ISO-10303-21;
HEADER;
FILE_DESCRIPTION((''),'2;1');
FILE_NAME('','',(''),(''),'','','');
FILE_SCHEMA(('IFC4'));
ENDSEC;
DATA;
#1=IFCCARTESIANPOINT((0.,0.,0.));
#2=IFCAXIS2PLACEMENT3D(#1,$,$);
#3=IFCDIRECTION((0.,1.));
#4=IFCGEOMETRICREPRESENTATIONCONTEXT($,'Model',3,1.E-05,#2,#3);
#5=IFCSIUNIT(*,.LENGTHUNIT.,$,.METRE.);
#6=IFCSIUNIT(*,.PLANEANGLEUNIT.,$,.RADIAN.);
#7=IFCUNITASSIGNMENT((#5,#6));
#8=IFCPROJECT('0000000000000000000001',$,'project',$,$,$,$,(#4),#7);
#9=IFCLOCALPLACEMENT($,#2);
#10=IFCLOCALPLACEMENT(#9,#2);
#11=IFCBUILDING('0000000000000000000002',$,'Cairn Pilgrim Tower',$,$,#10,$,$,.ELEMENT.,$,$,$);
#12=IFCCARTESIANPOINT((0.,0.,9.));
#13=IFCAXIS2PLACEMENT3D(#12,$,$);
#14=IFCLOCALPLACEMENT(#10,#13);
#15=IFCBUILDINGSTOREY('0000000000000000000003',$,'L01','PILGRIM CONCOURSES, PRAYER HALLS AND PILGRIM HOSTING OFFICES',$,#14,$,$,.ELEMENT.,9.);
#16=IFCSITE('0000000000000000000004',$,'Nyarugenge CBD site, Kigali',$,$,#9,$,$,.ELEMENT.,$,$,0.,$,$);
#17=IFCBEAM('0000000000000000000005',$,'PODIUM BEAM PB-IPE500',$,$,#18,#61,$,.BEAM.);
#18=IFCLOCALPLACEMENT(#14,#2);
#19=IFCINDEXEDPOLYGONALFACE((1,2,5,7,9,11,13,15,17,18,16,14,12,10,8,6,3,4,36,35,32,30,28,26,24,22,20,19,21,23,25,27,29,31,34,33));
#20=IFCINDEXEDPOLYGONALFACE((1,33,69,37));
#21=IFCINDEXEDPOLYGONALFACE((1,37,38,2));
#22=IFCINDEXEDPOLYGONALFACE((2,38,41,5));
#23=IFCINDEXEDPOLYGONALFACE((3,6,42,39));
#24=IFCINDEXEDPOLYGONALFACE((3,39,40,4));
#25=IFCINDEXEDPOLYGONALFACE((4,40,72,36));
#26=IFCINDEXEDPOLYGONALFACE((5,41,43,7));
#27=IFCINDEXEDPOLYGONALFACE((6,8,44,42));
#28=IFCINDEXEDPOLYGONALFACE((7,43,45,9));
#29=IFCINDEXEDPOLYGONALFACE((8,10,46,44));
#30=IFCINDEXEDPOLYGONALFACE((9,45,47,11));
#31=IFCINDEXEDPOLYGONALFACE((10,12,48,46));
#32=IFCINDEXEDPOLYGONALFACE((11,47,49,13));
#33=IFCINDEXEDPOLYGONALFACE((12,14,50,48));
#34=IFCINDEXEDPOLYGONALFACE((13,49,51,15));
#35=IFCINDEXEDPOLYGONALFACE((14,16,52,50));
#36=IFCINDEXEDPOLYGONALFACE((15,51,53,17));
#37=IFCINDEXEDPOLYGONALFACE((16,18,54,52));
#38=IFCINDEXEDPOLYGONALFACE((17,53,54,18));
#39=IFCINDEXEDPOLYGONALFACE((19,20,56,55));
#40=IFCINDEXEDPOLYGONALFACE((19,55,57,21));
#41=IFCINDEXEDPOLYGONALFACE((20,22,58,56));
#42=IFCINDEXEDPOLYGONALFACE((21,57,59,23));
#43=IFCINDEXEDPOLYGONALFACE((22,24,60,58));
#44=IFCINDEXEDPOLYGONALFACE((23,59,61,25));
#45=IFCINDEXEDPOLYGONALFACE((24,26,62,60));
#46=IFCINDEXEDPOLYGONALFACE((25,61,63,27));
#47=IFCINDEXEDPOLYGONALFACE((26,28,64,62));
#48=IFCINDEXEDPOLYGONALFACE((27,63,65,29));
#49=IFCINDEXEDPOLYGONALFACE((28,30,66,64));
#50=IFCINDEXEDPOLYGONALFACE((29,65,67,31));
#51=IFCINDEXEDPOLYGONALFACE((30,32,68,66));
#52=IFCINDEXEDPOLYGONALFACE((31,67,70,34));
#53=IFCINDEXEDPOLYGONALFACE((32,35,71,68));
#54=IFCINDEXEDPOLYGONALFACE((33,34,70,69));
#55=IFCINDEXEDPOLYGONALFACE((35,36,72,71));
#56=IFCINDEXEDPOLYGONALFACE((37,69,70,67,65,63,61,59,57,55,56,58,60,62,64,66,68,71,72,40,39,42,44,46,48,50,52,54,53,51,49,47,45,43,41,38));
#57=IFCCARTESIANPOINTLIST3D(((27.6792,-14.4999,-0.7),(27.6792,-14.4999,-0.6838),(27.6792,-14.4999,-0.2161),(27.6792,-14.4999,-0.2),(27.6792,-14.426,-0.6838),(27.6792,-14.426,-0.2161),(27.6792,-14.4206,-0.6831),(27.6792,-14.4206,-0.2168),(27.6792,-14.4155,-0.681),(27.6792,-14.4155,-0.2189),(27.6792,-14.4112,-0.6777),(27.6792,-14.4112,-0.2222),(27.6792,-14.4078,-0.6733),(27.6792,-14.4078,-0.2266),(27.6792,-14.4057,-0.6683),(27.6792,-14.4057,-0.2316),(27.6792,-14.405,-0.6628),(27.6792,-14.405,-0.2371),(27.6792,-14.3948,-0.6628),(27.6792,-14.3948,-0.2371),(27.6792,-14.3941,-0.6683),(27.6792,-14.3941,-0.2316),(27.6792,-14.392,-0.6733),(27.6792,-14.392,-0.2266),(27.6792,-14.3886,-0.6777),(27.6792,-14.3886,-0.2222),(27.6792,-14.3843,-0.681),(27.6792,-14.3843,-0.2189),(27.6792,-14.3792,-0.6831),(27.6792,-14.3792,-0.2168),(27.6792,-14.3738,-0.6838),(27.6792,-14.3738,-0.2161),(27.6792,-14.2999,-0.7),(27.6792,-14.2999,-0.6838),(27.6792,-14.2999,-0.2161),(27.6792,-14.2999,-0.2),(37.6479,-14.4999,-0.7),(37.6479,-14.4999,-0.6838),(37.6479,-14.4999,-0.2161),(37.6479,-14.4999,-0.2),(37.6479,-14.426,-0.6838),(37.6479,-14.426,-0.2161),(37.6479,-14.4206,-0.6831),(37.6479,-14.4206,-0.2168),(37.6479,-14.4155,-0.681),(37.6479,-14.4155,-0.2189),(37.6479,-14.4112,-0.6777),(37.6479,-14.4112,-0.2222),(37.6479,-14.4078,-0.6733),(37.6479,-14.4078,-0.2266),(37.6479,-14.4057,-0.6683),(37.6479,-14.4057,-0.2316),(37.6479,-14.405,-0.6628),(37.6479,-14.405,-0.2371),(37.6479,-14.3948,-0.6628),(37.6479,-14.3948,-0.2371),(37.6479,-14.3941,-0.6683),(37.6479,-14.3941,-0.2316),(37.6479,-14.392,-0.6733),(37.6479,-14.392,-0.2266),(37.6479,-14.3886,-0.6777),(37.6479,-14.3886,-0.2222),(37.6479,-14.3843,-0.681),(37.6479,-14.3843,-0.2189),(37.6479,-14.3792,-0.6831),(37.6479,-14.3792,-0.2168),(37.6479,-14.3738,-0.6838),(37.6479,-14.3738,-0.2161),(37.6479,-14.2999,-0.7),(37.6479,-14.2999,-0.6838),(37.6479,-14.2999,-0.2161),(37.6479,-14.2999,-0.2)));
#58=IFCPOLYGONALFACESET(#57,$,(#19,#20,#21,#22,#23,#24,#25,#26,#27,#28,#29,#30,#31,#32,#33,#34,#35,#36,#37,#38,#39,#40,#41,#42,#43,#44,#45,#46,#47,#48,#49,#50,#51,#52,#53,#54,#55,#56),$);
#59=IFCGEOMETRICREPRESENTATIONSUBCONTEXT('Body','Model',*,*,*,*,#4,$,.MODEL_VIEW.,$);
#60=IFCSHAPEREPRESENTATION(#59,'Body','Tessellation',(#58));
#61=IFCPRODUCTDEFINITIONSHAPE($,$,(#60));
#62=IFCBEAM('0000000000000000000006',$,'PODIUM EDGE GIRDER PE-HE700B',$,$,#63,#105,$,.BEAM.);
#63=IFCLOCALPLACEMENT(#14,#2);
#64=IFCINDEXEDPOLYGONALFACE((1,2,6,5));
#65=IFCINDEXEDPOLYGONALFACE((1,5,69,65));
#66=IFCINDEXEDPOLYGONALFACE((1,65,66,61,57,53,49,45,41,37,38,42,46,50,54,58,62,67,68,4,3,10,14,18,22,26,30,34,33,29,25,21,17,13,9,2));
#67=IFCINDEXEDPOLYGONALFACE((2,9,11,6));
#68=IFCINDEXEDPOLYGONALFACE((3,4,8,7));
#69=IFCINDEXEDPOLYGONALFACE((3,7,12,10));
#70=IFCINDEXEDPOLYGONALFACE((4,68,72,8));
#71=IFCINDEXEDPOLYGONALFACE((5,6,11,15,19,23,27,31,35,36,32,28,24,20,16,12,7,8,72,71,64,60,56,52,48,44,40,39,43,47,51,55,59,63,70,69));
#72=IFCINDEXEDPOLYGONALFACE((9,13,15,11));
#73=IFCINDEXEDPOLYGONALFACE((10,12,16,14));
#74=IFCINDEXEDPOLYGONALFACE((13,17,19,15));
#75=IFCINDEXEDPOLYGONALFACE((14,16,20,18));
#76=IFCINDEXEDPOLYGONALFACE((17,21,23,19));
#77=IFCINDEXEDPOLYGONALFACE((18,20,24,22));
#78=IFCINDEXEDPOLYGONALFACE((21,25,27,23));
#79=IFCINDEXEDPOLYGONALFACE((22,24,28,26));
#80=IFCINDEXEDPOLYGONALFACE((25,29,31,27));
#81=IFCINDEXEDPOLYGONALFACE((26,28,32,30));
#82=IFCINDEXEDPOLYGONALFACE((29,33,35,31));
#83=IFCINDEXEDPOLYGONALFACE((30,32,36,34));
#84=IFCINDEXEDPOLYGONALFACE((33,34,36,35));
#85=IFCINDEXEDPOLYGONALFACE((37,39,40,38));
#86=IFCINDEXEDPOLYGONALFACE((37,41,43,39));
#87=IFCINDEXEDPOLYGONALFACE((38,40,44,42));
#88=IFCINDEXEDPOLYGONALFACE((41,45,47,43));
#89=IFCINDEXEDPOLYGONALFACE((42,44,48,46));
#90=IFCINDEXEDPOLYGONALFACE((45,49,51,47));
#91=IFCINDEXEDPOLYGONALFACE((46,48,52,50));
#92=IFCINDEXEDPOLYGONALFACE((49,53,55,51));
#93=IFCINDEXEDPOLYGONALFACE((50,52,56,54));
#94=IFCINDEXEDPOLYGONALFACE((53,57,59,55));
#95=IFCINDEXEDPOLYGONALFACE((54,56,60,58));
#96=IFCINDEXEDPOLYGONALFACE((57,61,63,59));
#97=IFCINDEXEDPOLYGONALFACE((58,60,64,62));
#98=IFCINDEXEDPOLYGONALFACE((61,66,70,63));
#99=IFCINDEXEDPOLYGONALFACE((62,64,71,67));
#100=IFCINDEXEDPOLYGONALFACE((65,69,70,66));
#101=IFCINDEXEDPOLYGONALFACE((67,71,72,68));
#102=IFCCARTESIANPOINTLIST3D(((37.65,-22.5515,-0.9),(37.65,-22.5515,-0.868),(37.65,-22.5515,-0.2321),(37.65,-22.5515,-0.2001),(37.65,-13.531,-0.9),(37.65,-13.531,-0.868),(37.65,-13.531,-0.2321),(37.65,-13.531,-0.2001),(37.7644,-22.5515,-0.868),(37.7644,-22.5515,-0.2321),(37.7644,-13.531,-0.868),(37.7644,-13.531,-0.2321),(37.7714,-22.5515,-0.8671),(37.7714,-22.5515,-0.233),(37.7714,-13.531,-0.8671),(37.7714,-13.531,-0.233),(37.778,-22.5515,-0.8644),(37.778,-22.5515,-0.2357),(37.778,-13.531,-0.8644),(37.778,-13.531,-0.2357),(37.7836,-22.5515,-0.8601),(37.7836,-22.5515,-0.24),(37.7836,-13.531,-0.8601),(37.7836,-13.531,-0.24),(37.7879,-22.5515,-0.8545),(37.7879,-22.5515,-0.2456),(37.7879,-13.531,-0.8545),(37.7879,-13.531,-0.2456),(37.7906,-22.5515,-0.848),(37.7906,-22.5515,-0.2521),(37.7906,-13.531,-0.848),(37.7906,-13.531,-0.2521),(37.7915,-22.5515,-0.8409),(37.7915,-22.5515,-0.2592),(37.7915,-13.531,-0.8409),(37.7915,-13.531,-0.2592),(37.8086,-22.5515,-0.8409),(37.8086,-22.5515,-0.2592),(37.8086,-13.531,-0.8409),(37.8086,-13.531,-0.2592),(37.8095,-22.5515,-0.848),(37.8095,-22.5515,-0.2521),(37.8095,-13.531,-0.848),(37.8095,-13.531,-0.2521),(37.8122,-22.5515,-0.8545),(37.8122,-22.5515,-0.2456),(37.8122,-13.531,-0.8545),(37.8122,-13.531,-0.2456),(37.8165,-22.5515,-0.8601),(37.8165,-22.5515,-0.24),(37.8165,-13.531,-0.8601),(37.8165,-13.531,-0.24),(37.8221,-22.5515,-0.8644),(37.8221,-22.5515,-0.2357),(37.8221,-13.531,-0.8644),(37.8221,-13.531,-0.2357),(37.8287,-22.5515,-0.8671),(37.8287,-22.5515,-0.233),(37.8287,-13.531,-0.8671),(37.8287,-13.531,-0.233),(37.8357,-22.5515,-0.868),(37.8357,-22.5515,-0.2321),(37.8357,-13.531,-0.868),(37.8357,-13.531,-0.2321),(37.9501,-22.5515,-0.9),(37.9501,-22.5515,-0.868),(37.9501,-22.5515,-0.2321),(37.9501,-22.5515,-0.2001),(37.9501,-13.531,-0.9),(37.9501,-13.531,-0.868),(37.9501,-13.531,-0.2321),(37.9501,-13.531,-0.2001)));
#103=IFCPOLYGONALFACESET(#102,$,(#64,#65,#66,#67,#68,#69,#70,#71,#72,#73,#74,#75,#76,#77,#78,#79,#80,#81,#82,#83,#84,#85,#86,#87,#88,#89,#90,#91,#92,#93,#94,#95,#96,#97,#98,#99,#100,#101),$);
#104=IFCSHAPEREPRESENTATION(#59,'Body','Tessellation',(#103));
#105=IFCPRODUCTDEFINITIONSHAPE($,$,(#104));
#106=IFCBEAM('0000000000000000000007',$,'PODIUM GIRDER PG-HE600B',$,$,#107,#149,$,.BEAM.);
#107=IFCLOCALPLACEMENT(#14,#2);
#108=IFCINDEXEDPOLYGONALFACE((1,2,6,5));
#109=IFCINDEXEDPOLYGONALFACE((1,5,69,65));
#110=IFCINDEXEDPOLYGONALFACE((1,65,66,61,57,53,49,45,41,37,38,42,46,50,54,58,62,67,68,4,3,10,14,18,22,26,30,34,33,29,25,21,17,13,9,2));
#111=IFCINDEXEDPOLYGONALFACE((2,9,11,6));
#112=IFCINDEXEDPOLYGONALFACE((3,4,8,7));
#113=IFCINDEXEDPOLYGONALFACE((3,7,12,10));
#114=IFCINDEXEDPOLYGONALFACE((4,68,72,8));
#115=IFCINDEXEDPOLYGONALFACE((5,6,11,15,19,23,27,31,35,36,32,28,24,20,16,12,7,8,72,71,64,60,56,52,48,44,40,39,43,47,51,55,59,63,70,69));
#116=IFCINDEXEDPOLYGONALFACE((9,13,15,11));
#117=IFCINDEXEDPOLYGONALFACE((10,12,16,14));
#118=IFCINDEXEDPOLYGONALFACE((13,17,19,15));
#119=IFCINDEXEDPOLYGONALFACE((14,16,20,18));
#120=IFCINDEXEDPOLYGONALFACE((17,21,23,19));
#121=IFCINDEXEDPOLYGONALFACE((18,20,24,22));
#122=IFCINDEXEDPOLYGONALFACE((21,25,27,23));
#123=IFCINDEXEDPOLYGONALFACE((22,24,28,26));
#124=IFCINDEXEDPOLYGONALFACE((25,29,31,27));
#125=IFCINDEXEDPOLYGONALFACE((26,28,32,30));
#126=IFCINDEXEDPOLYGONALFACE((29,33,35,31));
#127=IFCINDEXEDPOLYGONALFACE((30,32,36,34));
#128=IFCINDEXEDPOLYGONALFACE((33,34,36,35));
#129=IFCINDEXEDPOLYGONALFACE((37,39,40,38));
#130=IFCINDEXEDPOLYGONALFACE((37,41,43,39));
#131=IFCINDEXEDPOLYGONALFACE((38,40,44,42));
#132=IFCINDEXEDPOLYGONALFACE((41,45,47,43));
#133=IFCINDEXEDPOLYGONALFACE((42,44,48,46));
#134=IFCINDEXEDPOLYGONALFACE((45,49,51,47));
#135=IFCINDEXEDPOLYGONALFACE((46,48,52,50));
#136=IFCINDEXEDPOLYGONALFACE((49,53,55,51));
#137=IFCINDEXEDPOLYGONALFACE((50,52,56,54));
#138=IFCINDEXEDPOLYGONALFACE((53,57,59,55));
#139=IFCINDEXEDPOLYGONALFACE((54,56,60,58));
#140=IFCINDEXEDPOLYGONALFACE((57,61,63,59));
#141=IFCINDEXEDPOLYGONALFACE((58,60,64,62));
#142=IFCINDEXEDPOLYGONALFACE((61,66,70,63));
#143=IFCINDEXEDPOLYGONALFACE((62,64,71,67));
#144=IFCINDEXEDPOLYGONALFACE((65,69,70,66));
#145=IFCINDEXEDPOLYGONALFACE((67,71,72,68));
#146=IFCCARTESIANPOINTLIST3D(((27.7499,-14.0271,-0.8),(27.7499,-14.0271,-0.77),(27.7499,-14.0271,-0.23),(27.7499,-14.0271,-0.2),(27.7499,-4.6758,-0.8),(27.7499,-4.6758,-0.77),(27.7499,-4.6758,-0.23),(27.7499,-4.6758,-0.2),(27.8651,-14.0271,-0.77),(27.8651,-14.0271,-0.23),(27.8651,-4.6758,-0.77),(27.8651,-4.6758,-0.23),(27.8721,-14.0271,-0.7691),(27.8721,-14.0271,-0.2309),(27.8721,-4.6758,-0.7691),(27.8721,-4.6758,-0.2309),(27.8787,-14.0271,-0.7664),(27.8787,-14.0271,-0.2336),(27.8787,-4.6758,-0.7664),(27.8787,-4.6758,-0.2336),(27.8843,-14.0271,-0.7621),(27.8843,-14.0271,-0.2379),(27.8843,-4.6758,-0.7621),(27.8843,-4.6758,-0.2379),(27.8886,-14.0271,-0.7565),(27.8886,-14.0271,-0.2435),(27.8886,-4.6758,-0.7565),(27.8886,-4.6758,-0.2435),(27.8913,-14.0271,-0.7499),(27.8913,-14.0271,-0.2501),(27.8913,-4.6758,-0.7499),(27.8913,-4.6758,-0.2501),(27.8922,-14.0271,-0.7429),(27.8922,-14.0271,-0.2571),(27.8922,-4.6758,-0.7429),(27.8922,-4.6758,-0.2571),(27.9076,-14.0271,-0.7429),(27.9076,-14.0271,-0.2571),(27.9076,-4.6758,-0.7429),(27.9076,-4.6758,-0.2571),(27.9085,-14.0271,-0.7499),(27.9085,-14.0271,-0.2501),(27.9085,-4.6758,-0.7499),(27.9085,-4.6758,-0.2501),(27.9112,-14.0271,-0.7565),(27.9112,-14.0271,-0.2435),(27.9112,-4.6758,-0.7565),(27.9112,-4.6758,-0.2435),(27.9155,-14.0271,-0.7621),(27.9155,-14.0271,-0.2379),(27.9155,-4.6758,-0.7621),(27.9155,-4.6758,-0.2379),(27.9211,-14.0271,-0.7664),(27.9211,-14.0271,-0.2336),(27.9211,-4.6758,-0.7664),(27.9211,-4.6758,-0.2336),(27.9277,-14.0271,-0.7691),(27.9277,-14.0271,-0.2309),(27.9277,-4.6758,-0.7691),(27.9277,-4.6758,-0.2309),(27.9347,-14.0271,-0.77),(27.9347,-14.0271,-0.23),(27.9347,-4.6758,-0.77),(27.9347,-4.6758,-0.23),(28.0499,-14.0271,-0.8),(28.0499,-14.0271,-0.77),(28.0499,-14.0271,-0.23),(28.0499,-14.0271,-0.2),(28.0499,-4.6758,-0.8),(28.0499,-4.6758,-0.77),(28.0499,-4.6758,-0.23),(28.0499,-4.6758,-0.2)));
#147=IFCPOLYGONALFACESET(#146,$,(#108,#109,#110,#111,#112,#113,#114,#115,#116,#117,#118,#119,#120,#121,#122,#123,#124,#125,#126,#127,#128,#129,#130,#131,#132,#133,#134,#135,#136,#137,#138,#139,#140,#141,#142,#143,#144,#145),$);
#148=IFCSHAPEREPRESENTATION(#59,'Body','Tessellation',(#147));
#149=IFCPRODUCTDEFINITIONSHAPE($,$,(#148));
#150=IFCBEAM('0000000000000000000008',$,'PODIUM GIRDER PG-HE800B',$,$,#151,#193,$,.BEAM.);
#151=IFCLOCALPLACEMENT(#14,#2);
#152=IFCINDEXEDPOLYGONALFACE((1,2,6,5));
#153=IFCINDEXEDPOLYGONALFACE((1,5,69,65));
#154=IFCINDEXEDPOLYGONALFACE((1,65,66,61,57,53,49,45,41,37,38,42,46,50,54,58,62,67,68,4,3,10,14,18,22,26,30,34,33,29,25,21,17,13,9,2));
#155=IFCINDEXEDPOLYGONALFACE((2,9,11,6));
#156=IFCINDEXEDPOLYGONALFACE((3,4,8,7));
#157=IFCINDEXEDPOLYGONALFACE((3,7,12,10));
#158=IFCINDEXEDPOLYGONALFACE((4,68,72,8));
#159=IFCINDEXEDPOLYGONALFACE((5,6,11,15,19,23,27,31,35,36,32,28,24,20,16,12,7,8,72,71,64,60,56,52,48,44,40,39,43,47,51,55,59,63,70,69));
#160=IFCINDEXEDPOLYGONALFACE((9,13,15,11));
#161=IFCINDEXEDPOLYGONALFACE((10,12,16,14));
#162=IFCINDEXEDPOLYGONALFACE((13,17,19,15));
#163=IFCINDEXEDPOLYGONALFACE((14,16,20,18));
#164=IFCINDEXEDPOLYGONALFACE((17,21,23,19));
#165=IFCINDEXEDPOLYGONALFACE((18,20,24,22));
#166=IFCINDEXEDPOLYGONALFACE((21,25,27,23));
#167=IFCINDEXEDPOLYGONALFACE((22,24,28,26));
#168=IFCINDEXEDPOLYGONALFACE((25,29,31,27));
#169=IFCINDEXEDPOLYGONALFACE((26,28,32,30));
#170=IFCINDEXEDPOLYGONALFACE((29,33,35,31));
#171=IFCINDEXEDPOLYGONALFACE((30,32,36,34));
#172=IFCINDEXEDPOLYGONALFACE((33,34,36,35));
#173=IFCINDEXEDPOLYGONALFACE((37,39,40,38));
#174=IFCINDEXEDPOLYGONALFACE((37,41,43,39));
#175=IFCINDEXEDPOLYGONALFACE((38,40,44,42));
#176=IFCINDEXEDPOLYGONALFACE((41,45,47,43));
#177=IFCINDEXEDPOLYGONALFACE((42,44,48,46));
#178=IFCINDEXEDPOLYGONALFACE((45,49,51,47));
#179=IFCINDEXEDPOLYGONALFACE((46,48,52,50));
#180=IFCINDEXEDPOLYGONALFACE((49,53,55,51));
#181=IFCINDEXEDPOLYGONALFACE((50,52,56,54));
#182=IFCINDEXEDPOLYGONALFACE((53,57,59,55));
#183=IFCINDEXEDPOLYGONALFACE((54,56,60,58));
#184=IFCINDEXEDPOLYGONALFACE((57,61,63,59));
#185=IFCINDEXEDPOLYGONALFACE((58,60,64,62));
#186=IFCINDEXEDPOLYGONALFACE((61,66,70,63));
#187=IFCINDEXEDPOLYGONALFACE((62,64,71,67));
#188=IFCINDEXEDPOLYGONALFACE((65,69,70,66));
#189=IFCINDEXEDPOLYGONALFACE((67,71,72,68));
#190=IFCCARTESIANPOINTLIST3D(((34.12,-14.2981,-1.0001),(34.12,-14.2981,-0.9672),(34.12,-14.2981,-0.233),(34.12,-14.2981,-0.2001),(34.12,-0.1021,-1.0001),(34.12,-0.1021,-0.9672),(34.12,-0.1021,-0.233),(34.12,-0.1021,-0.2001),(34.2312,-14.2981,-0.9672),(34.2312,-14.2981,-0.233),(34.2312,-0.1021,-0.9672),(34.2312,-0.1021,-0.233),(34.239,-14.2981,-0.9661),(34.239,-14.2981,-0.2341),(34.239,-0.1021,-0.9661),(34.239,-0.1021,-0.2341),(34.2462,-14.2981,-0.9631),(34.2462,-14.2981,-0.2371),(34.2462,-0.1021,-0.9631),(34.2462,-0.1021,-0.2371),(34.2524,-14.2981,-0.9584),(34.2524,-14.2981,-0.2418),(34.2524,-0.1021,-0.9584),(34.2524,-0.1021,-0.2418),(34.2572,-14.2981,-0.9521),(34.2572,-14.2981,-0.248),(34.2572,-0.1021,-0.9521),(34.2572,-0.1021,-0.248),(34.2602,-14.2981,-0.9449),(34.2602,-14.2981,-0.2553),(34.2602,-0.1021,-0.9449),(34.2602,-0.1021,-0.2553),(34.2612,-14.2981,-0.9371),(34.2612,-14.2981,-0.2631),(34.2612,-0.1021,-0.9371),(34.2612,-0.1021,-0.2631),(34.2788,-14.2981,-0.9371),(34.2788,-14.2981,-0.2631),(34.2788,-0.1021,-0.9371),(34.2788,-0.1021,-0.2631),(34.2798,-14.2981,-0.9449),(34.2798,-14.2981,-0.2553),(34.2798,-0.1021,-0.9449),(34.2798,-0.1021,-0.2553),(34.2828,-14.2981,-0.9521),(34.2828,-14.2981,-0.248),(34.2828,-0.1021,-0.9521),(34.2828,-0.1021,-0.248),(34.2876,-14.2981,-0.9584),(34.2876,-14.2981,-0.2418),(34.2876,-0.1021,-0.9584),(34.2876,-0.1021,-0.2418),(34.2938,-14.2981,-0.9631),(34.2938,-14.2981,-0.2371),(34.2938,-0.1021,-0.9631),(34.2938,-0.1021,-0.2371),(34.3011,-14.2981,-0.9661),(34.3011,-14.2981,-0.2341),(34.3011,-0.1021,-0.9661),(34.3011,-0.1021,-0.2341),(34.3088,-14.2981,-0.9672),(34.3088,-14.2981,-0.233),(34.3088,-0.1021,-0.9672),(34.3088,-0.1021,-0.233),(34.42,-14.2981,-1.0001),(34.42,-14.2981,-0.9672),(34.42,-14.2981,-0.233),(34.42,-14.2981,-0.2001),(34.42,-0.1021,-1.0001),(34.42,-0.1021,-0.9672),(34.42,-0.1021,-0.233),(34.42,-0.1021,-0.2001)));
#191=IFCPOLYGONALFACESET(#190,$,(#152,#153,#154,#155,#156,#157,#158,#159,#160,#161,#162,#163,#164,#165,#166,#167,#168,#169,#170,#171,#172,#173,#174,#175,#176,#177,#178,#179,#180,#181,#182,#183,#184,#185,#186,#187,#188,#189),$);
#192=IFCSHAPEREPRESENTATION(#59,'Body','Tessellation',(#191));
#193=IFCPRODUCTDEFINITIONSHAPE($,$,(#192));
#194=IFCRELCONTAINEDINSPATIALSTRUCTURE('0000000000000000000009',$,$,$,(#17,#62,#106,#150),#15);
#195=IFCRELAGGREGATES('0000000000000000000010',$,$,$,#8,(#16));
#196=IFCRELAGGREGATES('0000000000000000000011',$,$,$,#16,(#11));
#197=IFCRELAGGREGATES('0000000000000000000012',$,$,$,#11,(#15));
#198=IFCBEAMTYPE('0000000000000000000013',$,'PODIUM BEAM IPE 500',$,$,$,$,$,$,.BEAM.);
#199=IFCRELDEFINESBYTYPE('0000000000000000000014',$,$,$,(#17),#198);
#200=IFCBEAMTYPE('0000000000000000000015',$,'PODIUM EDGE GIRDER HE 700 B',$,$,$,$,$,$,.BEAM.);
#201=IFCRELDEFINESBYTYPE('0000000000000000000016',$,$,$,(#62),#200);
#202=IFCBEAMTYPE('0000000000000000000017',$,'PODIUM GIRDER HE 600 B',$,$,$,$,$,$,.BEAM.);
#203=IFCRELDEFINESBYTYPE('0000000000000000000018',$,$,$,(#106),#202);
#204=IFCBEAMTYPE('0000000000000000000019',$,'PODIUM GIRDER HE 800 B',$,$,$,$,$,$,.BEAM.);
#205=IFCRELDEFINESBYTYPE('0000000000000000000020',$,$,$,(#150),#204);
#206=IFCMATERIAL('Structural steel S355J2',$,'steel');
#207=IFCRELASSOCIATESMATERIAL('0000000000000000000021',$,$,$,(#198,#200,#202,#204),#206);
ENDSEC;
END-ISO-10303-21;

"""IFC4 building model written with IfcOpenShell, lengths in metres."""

from ifc_helpers import new_model, si_unit, direction, frame, origin, origin_2d, place, context, subcontext, project, spatial, i_section, extrude, material, material_profile, profile_set, type_object, element, save


model = new_model("IFC4")

# Units and contexts
model_context = context("Model", 3, precision=1e-05, world=origin(), true_north=direction((0.0, 1.0)))
body_context = subcontext(model_context, "Body", "Model", "MODEL_VIEW")
ifc_project = project(units=[si_unit("LENGTHUNIT", "METRE"), si_unit("PLANEANGLEUNIT", "RADIAN")], contexts=[model_context])

# Site, building, storey
site_placement = place(None, origin())
site = spatial("IfcSite", under=ifc_project, at=site_placement, Name="Nyarugenge CBD site, Kigali", CompositionType="ELEMENT", RefElevation=0.0)
building_placement = place(site_placement, origin())
building = spatial("IfcBuilding", under=site, at=building_placement, Name="Cairn Pilgrim Tower", CompositionType="ELEMENT")
storey_placement = place(building_placement, frame((0.0, 0.0, 9.0)))
storey = spatial("IfcBuildingStorey", under=building, at=storey_placement, Name="L01", Description="PILGRIM CONCOURSES, PRAYER HALLS AND PILGRIM HOSTING OFFICES", CompositionType="ELEMENT", Elevation=9.0)

# Shared definitions
ifc_material_1 = material(Name="Structural steel S355J2", Category="steel")

# Beams
ifc_material_profile_1 = material_profile(ifc_material_1, i_section(OverallWidth=0.2, OverallDepth=0.5, WebThickness=0.0103, FlangeThickness=0.0161, FilletRadius=0.021, at=origin_2d()), Name="IPE 500")
ifc_profile_set_1 = profile_set([ifc_material_profile_1], Name="Structural steel S355J2")
beam_type_1 = type_object("IfcBeamType", Name="PODIUM BEAM IPE 500", PredefinedType="BEAM", material=ifc_profile_set_1)
beam_1_placement = place(storey_placement, frame((27.6792, -14.3999, -0.45), z_axis=(1.0, 0.0, 0.0), x_axis=(0.0, 1.0, 0.0)))
element("IfcBeam", 1, at=beam_1_placement, inside=storey, type_object=beam_type_1, Name="PODIUM BEAM PB-IPE500", PredefinedType="BEAM", context=body_context, shape_type="SweptSolid", body=[
    extrude(i_section(OverallWidth=0.2, OverallDepth=0.5, WebThickness=0.0103, FlangeThickness=0.0161, FilletRadius=0.021, at=origin_2d()), origin(), (0.0, 0.0, 1.0), 9.9688),
])
ifc_material_profile_2 = material_profile(ifc_material_1, i_section(OverallWidth=0.3, OverallDepth=0.7, WebThickness=0.0171, FlangeThickness=0.032, FilletRadius=0.0271, at=origin_2d()), Name="HEB 700")
ifc_profile_set_2 = profile_set([ifc_material_profile_2], Name="Structural steel S355J2")
beam_type_2 = type_object("IfcBeamType", Name="PODIUM EDGE GIRDER HE 700 B", PredefinedType="BEAM", material=ifc_profile_set_2)
beam_2_placement = place(storey_placement, frame((37.8, -22.5515, -0.55), z_axis=(0.0, 1.0, 0.0), x_axis=(-1.0, 0.0, 0.0)))
element("IfcBeam", 2, at=beam_2_placement, inside=storey, type_object=beam_type_2, Name="PODIUM EDGE GIRDER PE-HE700B", PredefinedType="BEAM", context=body_context, shape_type="SweptSolid", body=[
    extrude(i_section(OverallWidth=0.3, OverallDepth=0.7, WebThickness=0.0171, FlangeThickness=0.032, FilletRadius=0.0271, at=origin_2d()), origin(), (0.0, 0.0, 1.0), 9.0205),
])
ifc_material_profile_3 = material_profile(ifc_material_1, i_section(OverallWidth=0.3, OverallDepth=0.6001, WebThickness=0.0154, FlangeThickness=0.03, FilletRadius=0.0271, at=origin_2d()), Name="HEB 600")
ifc_profile_set_3 = profile_set([ifc_material_profile_3], Name="Structural steel S355J2")
beam_type_3 = type_object("IfcBeamType", Name="PODIUM GIRDER HE 600 B", PredefinedType="BEAM", material=ifc_profile_set_3)
beam_3_placement = place(storey_placement, frame((27.8999, -14.0271, -0.5), z_axis=(0.0, 1.0, 0.0), x_axis=(-1.0, 0.0, 0.0)))
element("IfcBeam", 3, at=beam_3_placement, inside=storey, type_object=beam_type_3, Name="PODIUM GIRDER PG-HE600B", PredefinedType="BEAM", context=body_context, shape_type="SweptSolid", body=[
    extrude(i_section(OverallWidth=0.3, OverallDepth=0.6001, WebThickness=0.0154, FlangeThickness=0.03, FilletRadius=0.0271, at=origin_2d()), origin(), (0.0, 0.0, 1.0), 9.3513),
])
ifc_material_profile_4 = material_profile(ifc_material_1, i_section(OverallWidth=0.3, OverallDepth=0.8, WebThickness=0.0176, FlangeThickness=0.033, FilletRadius=0.03, at=origin_2d()), Name="HEB 800")
ifc_profile_set_4 = profile_set([ifc_material_profile_4], Name="Structural steel S355J2")
beam_type_4 = type_object("IfcBeamType", Name="PODIUM GIRDER HE 800 B", PredefinedType="BEAM", material=ifc_profile_set_4)
beam_4_placement = place(storey_placement, frame((34.27, -14.2981, -0.6001), z_axis=(0.0, 1.0, 0.0), x_axis=(-1.0, 0.0, 0.0)))
element("IfcBeam", 4, at=beam_4_placement, inside=storey, type_object=beam_type_4, Name="PODIUM GIRDER PG-HE800B", PredefinedType="BEAM", context=body_context, shape_type="SweptSolid", body=[
    extrude(i_section(OverallWidth=0.3, OverallDepth=0.8, WebThickness=0.0176, FlangeThickness=0.033, FilletRadius=0.03, at=origin_2d()), origin(), (0.0, 0.0, 1.0), 14.196),
])

save(model, "model.ifc")
